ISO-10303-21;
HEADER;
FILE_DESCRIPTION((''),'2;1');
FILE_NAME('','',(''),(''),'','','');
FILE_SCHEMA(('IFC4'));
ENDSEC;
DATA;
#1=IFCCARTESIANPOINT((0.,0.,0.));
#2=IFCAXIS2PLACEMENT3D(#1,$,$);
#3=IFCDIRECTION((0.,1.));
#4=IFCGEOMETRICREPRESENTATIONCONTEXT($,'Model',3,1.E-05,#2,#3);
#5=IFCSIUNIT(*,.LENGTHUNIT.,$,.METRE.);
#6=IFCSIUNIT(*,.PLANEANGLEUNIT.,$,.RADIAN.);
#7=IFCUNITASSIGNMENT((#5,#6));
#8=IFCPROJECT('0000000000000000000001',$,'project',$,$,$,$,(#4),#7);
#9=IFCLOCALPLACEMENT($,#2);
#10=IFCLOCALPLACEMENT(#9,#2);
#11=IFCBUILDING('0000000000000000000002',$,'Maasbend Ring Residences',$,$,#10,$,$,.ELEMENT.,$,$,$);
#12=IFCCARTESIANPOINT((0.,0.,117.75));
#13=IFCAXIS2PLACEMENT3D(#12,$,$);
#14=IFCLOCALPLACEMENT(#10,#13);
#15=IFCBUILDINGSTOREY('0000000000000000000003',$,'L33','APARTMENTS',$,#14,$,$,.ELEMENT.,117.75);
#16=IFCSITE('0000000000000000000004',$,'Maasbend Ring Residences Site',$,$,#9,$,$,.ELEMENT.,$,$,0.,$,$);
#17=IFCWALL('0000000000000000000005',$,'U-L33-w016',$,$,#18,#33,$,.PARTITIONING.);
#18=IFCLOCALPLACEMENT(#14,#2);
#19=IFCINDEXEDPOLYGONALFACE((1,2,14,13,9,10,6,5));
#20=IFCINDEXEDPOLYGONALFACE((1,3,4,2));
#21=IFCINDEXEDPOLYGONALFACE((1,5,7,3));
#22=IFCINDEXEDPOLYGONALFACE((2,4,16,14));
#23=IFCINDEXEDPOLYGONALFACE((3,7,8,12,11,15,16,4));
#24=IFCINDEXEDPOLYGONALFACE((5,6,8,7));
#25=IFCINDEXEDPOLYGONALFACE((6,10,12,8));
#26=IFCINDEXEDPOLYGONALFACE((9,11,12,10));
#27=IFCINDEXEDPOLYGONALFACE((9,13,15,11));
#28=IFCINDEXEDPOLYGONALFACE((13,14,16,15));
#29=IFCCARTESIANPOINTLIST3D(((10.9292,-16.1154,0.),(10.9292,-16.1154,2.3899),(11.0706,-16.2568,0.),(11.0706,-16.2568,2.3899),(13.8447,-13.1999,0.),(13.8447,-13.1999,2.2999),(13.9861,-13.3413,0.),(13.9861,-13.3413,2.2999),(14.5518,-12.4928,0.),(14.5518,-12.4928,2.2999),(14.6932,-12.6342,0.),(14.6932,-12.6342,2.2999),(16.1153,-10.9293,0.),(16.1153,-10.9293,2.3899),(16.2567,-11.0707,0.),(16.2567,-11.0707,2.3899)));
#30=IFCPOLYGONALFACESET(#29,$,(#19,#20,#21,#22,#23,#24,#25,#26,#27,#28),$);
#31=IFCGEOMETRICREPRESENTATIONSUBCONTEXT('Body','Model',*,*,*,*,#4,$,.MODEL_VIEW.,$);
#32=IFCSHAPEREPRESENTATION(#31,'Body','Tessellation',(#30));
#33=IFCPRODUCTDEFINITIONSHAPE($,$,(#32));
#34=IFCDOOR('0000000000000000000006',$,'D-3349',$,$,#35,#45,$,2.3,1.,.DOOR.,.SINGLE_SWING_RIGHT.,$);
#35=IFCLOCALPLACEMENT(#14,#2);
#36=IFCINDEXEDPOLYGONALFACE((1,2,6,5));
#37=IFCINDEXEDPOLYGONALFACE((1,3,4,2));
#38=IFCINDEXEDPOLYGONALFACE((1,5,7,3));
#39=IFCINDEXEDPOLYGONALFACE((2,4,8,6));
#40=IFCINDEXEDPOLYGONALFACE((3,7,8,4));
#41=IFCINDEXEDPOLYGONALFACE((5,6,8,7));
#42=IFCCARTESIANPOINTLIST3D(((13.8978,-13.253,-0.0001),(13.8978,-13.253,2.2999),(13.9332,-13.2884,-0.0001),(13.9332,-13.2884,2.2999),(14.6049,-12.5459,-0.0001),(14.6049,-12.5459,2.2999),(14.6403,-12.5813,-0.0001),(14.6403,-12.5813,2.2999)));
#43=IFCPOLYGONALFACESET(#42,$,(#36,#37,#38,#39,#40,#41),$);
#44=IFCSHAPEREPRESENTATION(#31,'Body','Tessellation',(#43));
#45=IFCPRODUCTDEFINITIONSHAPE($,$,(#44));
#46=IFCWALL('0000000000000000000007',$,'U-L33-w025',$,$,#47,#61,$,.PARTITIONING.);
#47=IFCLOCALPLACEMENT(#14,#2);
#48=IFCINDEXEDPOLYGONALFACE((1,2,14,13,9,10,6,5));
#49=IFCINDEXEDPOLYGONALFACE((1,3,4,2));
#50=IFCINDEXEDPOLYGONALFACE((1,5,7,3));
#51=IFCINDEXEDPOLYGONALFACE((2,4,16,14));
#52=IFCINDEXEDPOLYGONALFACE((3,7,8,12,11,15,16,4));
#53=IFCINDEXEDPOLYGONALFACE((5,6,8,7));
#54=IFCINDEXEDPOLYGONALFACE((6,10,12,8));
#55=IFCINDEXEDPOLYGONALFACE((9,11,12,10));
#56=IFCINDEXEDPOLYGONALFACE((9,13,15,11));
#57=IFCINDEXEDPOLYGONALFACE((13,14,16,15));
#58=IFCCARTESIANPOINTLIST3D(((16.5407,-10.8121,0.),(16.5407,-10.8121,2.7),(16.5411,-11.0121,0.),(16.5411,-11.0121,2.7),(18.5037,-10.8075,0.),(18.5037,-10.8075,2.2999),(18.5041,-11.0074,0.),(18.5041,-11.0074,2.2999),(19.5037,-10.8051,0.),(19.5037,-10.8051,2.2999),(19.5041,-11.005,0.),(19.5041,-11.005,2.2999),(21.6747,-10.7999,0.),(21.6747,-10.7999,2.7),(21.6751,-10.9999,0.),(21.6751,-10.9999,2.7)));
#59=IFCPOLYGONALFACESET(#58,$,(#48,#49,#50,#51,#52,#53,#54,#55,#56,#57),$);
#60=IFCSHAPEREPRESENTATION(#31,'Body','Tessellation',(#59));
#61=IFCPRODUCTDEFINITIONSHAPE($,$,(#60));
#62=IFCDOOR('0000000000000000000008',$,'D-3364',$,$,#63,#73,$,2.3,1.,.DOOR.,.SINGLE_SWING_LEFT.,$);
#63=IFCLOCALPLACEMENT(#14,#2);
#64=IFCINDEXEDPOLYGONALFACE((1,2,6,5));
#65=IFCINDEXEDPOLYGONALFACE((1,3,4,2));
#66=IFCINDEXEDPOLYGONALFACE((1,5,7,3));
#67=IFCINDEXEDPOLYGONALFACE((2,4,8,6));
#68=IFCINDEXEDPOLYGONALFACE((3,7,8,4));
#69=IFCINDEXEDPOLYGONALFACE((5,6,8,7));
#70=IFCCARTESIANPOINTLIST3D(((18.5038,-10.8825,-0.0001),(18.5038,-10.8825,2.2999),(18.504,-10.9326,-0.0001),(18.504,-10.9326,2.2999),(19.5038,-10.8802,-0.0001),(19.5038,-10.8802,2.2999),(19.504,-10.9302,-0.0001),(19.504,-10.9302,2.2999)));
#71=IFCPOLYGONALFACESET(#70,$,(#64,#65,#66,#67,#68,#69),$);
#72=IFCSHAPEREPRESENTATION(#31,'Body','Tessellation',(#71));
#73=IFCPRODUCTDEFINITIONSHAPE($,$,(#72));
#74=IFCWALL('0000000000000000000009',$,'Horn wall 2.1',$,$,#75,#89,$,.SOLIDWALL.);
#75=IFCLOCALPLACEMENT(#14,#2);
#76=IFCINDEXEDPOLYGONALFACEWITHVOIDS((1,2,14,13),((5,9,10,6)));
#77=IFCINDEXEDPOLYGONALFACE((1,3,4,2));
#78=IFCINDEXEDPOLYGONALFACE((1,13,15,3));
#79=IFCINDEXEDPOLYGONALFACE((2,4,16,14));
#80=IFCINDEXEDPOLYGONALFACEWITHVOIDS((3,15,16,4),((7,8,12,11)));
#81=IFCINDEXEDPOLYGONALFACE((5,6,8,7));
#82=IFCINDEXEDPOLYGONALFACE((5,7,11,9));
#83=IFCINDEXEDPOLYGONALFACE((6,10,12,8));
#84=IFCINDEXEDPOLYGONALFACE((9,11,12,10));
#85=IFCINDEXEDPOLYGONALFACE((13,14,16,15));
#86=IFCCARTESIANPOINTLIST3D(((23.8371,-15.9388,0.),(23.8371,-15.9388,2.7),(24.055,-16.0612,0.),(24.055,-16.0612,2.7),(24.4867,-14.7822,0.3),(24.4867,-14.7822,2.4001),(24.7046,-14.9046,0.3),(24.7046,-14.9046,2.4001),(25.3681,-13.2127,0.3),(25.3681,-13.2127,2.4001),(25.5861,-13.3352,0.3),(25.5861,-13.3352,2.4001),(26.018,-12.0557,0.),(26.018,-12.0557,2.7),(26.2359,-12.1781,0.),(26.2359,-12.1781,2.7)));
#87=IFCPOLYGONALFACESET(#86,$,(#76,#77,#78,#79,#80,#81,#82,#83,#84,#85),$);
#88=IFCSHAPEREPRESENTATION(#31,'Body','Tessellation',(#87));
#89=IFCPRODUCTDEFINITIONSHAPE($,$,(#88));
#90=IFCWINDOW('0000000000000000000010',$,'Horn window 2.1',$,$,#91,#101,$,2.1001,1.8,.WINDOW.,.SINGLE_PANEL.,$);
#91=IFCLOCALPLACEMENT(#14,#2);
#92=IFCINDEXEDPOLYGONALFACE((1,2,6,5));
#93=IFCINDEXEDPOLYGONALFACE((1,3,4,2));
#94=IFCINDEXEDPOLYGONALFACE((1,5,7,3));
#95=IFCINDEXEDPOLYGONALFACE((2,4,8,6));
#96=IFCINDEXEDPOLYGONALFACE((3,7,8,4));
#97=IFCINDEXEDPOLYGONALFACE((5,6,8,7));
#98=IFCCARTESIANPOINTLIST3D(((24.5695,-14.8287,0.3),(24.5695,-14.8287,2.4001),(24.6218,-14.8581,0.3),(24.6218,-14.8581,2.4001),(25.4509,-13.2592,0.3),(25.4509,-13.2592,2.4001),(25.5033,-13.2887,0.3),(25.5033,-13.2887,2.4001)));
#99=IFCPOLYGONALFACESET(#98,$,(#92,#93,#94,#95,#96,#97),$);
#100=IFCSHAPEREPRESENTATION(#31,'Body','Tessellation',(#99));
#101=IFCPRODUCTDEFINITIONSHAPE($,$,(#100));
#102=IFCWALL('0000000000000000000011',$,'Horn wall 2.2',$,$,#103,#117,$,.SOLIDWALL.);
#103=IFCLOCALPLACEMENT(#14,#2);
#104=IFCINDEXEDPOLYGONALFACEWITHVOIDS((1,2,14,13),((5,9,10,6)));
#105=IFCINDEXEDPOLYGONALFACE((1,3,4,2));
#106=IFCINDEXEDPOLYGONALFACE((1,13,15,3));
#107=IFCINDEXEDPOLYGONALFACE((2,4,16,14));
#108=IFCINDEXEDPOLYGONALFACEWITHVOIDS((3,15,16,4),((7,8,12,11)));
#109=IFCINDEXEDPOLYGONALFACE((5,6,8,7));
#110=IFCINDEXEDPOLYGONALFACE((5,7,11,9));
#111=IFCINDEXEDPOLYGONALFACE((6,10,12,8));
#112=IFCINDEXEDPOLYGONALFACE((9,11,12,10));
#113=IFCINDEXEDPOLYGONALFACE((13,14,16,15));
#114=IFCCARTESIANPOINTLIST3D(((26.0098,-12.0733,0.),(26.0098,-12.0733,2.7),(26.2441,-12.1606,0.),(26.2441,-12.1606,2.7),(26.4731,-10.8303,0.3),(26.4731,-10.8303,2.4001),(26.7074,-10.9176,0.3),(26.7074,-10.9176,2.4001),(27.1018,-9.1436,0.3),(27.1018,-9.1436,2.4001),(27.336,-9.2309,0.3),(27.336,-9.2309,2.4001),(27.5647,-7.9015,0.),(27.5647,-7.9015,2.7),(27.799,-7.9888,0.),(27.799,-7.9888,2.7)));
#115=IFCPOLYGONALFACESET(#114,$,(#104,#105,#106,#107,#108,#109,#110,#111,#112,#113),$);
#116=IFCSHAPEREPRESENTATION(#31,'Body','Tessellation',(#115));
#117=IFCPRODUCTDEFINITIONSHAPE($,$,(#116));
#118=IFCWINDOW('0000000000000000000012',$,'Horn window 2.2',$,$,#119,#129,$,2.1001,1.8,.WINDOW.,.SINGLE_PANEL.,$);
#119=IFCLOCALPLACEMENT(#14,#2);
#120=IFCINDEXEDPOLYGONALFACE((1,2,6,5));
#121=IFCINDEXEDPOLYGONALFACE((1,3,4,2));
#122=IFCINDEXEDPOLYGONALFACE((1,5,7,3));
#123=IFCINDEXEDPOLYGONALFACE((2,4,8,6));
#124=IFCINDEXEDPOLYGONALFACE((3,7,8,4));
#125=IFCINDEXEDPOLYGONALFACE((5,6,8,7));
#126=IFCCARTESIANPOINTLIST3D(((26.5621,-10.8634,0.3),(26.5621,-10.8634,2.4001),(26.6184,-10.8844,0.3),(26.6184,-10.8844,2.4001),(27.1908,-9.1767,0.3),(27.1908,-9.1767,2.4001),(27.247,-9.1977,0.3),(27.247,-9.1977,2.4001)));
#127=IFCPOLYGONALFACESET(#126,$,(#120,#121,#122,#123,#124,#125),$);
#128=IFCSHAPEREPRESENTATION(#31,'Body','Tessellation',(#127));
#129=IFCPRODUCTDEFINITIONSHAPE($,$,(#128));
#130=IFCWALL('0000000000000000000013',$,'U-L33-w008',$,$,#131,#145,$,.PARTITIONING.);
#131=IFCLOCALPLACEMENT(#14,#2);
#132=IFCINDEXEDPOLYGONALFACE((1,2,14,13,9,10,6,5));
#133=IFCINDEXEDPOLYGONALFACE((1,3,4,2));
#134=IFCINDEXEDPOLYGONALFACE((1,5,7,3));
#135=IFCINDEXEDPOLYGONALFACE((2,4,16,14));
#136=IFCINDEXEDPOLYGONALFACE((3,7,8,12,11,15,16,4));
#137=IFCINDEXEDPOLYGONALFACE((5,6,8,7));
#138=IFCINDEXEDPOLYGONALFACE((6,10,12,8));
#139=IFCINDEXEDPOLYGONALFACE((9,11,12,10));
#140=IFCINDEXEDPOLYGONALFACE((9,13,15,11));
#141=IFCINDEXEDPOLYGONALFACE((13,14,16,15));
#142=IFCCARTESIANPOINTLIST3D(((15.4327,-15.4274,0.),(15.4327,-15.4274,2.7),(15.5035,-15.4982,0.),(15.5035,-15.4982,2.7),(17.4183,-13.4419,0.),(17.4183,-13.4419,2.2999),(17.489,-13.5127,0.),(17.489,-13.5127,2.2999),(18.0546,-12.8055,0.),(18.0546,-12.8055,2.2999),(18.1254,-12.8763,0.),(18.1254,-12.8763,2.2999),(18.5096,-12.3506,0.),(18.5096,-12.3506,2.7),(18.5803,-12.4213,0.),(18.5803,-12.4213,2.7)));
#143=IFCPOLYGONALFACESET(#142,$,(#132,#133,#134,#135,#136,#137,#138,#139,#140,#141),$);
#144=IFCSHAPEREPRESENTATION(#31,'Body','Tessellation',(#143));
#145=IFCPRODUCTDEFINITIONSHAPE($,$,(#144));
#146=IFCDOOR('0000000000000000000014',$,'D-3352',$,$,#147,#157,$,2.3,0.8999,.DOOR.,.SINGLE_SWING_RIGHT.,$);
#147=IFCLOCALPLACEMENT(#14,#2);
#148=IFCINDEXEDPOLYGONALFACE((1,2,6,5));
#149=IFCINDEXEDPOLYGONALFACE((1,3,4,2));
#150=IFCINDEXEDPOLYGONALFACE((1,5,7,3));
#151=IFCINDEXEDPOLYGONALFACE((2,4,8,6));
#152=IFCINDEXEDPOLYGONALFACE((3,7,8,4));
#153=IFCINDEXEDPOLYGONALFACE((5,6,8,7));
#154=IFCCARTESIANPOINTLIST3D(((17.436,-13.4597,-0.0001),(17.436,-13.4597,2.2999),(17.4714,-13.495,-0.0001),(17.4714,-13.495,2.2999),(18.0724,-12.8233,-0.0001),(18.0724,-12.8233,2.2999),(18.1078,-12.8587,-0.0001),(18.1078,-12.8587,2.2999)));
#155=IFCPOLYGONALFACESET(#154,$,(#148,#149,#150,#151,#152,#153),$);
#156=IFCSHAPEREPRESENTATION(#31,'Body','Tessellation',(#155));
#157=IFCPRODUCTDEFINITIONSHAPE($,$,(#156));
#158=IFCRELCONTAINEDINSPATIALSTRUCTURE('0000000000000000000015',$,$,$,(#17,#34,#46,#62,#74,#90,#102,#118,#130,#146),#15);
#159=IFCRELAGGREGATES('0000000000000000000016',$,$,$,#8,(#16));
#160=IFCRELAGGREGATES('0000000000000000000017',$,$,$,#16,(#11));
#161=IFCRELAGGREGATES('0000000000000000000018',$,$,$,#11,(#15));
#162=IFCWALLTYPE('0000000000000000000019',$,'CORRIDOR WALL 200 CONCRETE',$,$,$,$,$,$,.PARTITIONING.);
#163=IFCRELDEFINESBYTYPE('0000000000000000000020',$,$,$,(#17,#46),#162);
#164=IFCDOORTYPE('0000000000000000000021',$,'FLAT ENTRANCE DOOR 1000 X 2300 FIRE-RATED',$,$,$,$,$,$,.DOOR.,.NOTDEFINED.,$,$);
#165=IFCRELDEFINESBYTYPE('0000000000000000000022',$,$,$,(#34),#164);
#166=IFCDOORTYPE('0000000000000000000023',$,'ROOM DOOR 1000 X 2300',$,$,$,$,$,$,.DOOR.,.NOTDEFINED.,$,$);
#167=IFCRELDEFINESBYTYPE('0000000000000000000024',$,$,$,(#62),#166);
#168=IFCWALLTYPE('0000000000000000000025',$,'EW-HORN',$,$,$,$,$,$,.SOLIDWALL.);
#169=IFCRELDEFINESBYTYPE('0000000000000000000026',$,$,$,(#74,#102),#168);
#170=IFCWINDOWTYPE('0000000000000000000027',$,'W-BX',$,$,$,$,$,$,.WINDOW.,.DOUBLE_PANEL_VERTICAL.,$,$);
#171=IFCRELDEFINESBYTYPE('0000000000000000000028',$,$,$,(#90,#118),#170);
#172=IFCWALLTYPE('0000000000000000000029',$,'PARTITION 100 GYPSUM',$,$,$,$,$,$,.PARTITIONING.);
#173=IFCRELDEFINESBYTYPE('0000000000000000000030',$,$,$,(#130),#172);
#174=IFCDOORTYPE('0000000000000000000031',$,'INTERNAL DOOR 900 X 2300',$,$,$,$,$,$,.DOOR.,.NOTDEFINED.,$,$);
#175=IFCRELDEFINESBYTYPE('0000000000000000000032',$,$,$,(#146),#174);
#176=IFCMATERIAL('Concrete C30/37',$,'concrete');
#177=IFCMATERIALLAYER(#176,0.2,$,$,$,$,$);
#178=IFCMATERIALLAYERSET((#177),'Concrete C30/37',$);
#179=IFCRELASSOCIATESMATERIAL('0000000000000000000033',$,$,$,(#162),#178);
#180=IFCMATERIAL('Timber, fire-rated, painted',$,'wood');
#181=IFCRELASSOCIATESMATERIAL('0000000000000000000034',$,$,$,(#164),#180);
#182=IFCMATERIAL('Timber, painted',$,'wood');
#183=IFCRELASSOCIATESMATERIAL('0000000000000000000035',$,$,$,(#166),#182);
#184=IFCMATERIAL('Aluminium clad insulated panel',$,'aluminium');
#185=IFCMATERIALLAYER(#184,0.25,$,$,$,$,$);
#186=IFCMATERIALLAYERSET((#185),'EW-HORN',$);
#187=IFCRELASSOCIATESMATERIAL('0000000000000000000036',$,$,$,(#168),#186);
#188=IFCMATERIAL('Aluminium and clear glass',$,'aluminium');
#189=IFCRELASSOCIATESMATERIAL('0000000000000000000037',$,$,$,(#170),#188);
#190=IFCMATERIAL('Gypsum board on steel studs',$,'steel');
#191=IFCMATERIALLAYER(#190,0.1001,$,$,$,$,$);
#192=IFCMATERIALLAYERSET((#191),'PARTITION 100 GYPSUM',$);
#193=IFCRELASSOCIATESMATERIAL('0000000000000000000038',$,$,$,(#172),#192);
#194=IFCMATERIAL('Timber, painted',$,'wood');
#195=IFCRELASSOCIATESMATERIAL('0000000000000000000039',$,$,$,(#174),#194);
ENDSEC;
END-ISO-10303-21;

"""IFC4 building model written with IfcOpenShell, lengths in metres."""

from ifc_helpers import new_model, si_unit, direction, frame, frame_2d, origin, place, context, subcontext, project, spatial, rectangle, extrude, material, layer, layer_set, type_object, element, fill, save


model = new_model("IFC4")

# Units and contexts
model_context = context("Model", 3, precision=1e-05, world=origin(), true_north=direction((0.0, 1.0)))
body_context = subcontext(model_context, "Body", "Model", "MODEL_VIEW")
ifc_project = project(units=[si_unit("LENGTHUNIT", "METRE"), si_unit("PLANEANGLEUNIT", "RADIAN")], contexts=[model_context])

# Site, building, storey
site_placement = place(None, origin())
site = spatial("IfcSite", under=ifc_project, at=site_placement, Name="Maasbend Ring Residences Site", CompositionType="ELEMENT", RefElevation=0.0)
building_placement = place(site_placement, origin())
building = spatial("IfcBuilding", under=site, at=building_placement, Name="Maasbend Ring Residences", CompositionType="ELEMENT")
storey_placement = place(building_placement, frame((0.0, 0.0, 117.75)))
storey = spatial("IfcBuildingStorey", under=building, at=storey_placement, Name="L33", Description="APARTMENTS", CompositionType="ELEMENT", Elevation=117.75)

# Walls, openings, doors
ifc_material_1 = material(Name="Concrete C30/37", Category="concrete")
ifc_layer_1 = layer(ifc_material_1, 0.2)
ifc_layer_set_1 = layer_set([ifc_layer_1], Name="Concrete C30/37")
wall_type_1 = type_object("IfcWallType", Name="CORRIDOR WALL 200 CONCRETE", PredefinedType="PARTITIONING", material=ifc_layer_set_1)
wall_1_placement = place(storey_placement, frame((11.0, -16.186, 0.0), z_axis=(0.0, 0.0, 1.0), x_axis=(0.707107, 0.707107, 0.0)))
wall_1 = element("IfcWall", 1, at=wall_1_placement, inside=storey, type_object=wall_type_1, Name="U-L33-w016", PredefinedType="PARTITIONING", context=body_context, shape_type="SweptSolid", body=[
    extrude(rectangle(XDim=7.3342, YDim=0.2, at=frame_2d((3.667, 0.0))), origin(), (0.0, 0.0, 1.0), 2.3899),
])
opening_1_placement = place(wall_1_placement, frame((4.123, 0.0, 0.0)))
opening_1 = element("IfcOpeningElement", 2, at=opening_1_placement, cuts=wall_1, PredefinedType="OPENING", context=body_context, shape_type="SweptSolid", body=[
    extrude(rectangle(XDim=1.0, YDim=2.3, at=frame_2d((0.5, 1.1499))), frame((0.0, 0.1099, 0.0), z_axis=(0.0, -1.0, 0.0), x_axis=(1.0, 0.0, 0.0)), (0.0, 0.0, 1.0), 0.22),
])
ifc_material_2 = material(Name="Timber, fire-rated, painted", Category="wood")
door_type_1 = type_object("IfcDoorType", Name="FLAT ENTRANCE DOOR 1000 X 2300 FIRE-RATED", OperationType="NOTDEFINED", PredefinedType="DOOR", material=ifc_material_2)
door_1_placement = place(opening_1_placement, origin())
door_1 = element("IfcDoor", 3, at=door_1_placement, inside=storey, type_object=door_type_1, Name="D-3349", OperationType="SINGLE_SWING_RIGHT", OverallHeight=2.3, OverallWidth=1.0, PredefinedType="DOOR", context=body_context, shape_type="SweptSolid", body=[
    extrude(rectangle(XDim=1.0, YDim=2.3, at=frame_2d((0.5, 1.1499))), frame((0.0, 0.0249, 0.0), z_axis=(0.0, -1.0, 0.0), x_axis=(1.0, 0.0, 0.0)), (0.0, 0.0, 1.0), 0.05),
])
fill(opening_1, door_1)
wall_2_placement = place(storey_placement, frame((16.541, -10.9121, 0.0), z_axis=(0.0, 0.0, 1.0), x_axis=(0.999997, 0.002378, 0.0)))
wall_2 = element("IfcWall", 4, at=wall_2_placement, inside=storey, type_object=wall_type_1, Name="U-L33-w025", PredefinedType="PARTITIONING", context=body_context, shape_type="SweptSolid", body=[
    extrude(rectangle(XDim=5.134, YDim=0.2, at=frame_2d((2.5669, 0.0))), origin(), (0.0, 0.0, 1.0), 2.7),
])
opening_2_placement = place(wall_2_placement, frame((1.9629, 0.0, 0.0)))
opening_2 = element("IfcOpeningElement", 5, at=opening_2_placement, cuts=wall_2, PredefinedType="OPENING", context=body_context, shape_type="SweptSolid", body=[
    extrude(rectangle(XDim=1.0, YDim=2.3, at=frame_2d((0.5, 1.1499))), frame((0.0, 0.1099, 0.0), z_axis=(0.0, -1.0, 0.0), x_axis=(1.0, 0.0, 0.0)), (0.0, 0.0, 1.0), 0.22),
])
ifc_material_3 = material(Name="Timber, painted", Category="wood")
door_type_2 = type_object("IfcDoorType", Name="ROOM DOOR 1000 X 2300", OperationType="NOTDEFINED", PredefinedType="DOOR", material=ifc_material_3)
door_2_placement = place(opening_2_placement, origin())
door_2 = element("IfcDoor", 6, at=door_2_placement, inside=storey, type_object=door_type_2, Name="D-3364", OperationType="SINGLE_SWING_LEFT", OverallHeight=2.3, OverallWidth=1.0, PredefinedType="DOOR", context=body_context, shape_type="SweptSolid", body=[
    extrude(rectangle(XDim=1.0, YDim=2.3, at=frame_2d((0.5, 1.1499))), frame((0.0, 0.0249, 0.0), z_axis=(0.0, -1.0, 0.0), x_axis=(1.0, 0.0, 0.0)), (0.0, 0.0, 1.0), 0.05),
])
fill(opening_2, door_2)

# Walls, openings, windows
ifc_material_4 = material(Name="Aluminium clad insulated panel", Category="aluminium")
ifc_layer_2 = layer(ifc_material_4, 0.25)
ifc_layer_set_2 = layer_set([ifc_layer_2], Name="EW-HORN")
wall_type_2 = type_object("IfcWallType", Name="EW-HORN", PredefinedType="SOLIDWALL", material=ifc_layer_set_2)
wall_3_placement = place(storey_placement, frame((23.946, -16.0, 0.0), z_axis=(0.0, 0.0, 1.0), x_axis=(0.489696, 0.871893, 0.0)))
wall_3 = element("IfcWall", 7, at=wall_3_placement, inside=storey, type_object=wall_type_2, Name="Horn wall 2.1", PredefinedType="SOLIDWALL", context=body_context, shape_type="SweptSolid", body=[
    extrude(rectangle(XDim=4.4536, YDim=0.25, at=frame_2d((2.2268, 0.0))), origin(), (0.0, 0.0, 1.0), 2.7),
])
opening_3_placement = place(wall_3_placement, frame((1.3267, 0.0, 0.3)))
opening_3 = element("IfcOpeningElement", 8, at=opening_3_placement, cuts=wall_3, PredefinedType="OPENING", context=body_context, shape_type="SweptSolid", body=[
    extrude(rectangle(XDim=1.8, YDim=2.1001, at=frame_2d((0.8999, 1.05))), frame((0.0, 0.135, 0.0), z_axis=(0.0, -1.0, 0.0), x_axis=(1.0, 0.0, 0.0)), (0.0, 0.0, 1.0), 0.27),
])
ifc_material_5 = material(Name="Aluminium and clear glass", Category="aluminium")
window_type = type_object("IfcWindowType", Name="W-BX", PartitioningType="DOUBLE_PANEL_VERTICAL", PredefinedType="WINDOW", material=ifc_material_5)
window_1_placement = place(opening_3_placement, origin())
window_1 = element("IfcWindow", 9, at=window_1_placement, inside=storey, type_object=window_type, Name="Horn window 2.1", OverallHeight=2.1001, OverallWidth=1.8, PartitioningType="SINGLE_PANEL", PredefinedType="WINDOW", context=body_context, shape_type="SweptSolid", body=[
    extrude(rectangle(XDim=1.8, YDim=2.1001, at=frame_2d((0.8999, 1.05))), frame((0.0, 0.03, 0.0), z_axis=(0.0, -1.0, 0.0), x_axis=(1.0, 0.0, 0.0)), (0.0, 0.0, 1.0), 0.0601),
])
fill(opening_3, window_1)
wall_4_placement = place(storey_placement, frame((26.127, -12.1169, 0.0), z_axis=(0.0, 0.0, 1.0), x_axis=(0.349248, 0.93703, 0.0)))
wall_4 = element("IfcWall", 10, at=wall_4_placement, inside=storey, type_object=wall_type_2, Name="Horn wall 2.2", PredefinedType="SOLIDWALL", context=body_context, shape_type="SweptSolid", body=[
    extrude(rectangle(XDim=4.4521, YDim=0.25, at=frame_2d((2.2261, 0.0))), origin(), (0.0, 0.0, 1.0), 2.7),
])
opening_4_placement = place(wall_4_placement, frame((1.3267, 0.0, 0.3)))
opening_4 = element("IfcOpeningElement", 11, at=opening_4_placement, cuts=wall_4, PredefinedType="OPENING", context=body_context, shape_type="SweptSolid", body=[
    extrude(rectangle(XDim=1.8, YDim=2.1001, at=frame_2d((0.8999, 1.05))), frame((0.0, 0.135, 0.0), z_axis=(0.0, -1.0, 0.0), x_axis=(1.0, 0.0, 0.0)), (0.0, 0.0, 1.0), 0.27),
])
window_2_placement = place(opening_4_placement, origin())
window_2 = element("IfcWindow", 12, at=window_2_placement, inside=storey, type_object=window_type, Name="Horn window 2.2", OverallHeight=2.1001, OverallWidth=1.8, PartitioningType="SINGLE_PANEL", PredefinedType="WINDOW", context=body_context, shape_type="SweptSolid", body=[
    extrude(rectangle(XDim=1.8, YDim=2.1001, at=frame_2d((0.8999, 1.05))), frame((0.0, 0.03, 0.0), z_axis=(0.0, -1.0, 0.0), x_axis=(1.0, 0.0, 0.0)), (0.0, 0.0, 1.0), 0.0601),
])
fill(opening_4, window_2)

# Wall, opening, door
ifc_material_6 = material(Name="Gypsum board on steel studs", Category="steel")
ifc_layer_3 = layer(ifc_material_6, 0.1001)
ifc_layer_set_3 = layer_set([ifc_layer_3], Name="PARTITION 100 GYPSUM")
wall_type_3 = type_object("IfcWallType", Name="PARTITION 100 GYPSUM", PredefinedType="PARTITIONING", material=ifc_layer_set_3)
wall_5_placement = place(storey_placement, frame((15.468, -15.4629, 0.0), z_axis=(0.0, 0.0, 1.0), x_axis=(0.707107, 0.707107, 0.0)))
wall_5 = element("IfcWall", 13, at=wall_5_placement, inside=storey, type_object=wall_type_3, Name="U-L33-w008", PredefinedType="PARTITIONING", context=body_context, shape_type="SweptSolid", body=[
    extrude(rectangle(XDim=4.3513, YDim=0.1001, at=frame_2d((2.1758, 0.0))), origin(), (0.0, 0.0, 1.0), 2.7),
])
opening_5_placement = place(wall_5_placement, frame((2.8081, 0.0, 0.0)))
opening_5 = element("IfcOpeningElement", 14, at=opening_5_placement, cuts=wall_5, PredefinedType="OPENING", context=body_context, shape_type="SweptSolid", body=[
    extrude(rectangle(XDim=0.8999, YDim=2.3, at=frame_2d((0.45, 1.1499))), frame((0.0, 0.0601, 0.0), z_axis=(0.0, -1.0, 0.0), x_axis=(1.0, 0.0, 0.0)), (0.0, 0.0, 1.0), 0.1201),
])
ifc_material_7 = material(Name="Timber, painted", Category="wood")
door_type_3 = type_object("IfcDoorType", Name="INTERNAL DOOR 900 X 2300", OperationType="NOTDEFINED", PredefinedType="DOOR", material=ifc_material_7)
door_3_placement = place(opening_5_placement, origin())
door_3 = element("IfcDoor", 15, at=door_3_placement, inside=storey, type_object=door_type_3, Name="D-3352", OperationType="SINGLE_SWING_RIGHT", OverallHeight=2.3, OverallWidth=0.8999, PredefinedType="DOOR", context=body_context, shape_type="SweptSolid", body=[
    extrude(rectangle(XDim=0.8999, YDim=2.3, at=frame_2d((0.45, 1.1499))), frame((0.0, 0.0249, 0.0), z_axis=(0.0, -1.0, 0.0), x_axis=(1.0, 0.0, 0.0)), (0.0, 0.0, 1.0), 0.05),
])
fill(opening_5, door_3)

save(model, "model.ifc")
